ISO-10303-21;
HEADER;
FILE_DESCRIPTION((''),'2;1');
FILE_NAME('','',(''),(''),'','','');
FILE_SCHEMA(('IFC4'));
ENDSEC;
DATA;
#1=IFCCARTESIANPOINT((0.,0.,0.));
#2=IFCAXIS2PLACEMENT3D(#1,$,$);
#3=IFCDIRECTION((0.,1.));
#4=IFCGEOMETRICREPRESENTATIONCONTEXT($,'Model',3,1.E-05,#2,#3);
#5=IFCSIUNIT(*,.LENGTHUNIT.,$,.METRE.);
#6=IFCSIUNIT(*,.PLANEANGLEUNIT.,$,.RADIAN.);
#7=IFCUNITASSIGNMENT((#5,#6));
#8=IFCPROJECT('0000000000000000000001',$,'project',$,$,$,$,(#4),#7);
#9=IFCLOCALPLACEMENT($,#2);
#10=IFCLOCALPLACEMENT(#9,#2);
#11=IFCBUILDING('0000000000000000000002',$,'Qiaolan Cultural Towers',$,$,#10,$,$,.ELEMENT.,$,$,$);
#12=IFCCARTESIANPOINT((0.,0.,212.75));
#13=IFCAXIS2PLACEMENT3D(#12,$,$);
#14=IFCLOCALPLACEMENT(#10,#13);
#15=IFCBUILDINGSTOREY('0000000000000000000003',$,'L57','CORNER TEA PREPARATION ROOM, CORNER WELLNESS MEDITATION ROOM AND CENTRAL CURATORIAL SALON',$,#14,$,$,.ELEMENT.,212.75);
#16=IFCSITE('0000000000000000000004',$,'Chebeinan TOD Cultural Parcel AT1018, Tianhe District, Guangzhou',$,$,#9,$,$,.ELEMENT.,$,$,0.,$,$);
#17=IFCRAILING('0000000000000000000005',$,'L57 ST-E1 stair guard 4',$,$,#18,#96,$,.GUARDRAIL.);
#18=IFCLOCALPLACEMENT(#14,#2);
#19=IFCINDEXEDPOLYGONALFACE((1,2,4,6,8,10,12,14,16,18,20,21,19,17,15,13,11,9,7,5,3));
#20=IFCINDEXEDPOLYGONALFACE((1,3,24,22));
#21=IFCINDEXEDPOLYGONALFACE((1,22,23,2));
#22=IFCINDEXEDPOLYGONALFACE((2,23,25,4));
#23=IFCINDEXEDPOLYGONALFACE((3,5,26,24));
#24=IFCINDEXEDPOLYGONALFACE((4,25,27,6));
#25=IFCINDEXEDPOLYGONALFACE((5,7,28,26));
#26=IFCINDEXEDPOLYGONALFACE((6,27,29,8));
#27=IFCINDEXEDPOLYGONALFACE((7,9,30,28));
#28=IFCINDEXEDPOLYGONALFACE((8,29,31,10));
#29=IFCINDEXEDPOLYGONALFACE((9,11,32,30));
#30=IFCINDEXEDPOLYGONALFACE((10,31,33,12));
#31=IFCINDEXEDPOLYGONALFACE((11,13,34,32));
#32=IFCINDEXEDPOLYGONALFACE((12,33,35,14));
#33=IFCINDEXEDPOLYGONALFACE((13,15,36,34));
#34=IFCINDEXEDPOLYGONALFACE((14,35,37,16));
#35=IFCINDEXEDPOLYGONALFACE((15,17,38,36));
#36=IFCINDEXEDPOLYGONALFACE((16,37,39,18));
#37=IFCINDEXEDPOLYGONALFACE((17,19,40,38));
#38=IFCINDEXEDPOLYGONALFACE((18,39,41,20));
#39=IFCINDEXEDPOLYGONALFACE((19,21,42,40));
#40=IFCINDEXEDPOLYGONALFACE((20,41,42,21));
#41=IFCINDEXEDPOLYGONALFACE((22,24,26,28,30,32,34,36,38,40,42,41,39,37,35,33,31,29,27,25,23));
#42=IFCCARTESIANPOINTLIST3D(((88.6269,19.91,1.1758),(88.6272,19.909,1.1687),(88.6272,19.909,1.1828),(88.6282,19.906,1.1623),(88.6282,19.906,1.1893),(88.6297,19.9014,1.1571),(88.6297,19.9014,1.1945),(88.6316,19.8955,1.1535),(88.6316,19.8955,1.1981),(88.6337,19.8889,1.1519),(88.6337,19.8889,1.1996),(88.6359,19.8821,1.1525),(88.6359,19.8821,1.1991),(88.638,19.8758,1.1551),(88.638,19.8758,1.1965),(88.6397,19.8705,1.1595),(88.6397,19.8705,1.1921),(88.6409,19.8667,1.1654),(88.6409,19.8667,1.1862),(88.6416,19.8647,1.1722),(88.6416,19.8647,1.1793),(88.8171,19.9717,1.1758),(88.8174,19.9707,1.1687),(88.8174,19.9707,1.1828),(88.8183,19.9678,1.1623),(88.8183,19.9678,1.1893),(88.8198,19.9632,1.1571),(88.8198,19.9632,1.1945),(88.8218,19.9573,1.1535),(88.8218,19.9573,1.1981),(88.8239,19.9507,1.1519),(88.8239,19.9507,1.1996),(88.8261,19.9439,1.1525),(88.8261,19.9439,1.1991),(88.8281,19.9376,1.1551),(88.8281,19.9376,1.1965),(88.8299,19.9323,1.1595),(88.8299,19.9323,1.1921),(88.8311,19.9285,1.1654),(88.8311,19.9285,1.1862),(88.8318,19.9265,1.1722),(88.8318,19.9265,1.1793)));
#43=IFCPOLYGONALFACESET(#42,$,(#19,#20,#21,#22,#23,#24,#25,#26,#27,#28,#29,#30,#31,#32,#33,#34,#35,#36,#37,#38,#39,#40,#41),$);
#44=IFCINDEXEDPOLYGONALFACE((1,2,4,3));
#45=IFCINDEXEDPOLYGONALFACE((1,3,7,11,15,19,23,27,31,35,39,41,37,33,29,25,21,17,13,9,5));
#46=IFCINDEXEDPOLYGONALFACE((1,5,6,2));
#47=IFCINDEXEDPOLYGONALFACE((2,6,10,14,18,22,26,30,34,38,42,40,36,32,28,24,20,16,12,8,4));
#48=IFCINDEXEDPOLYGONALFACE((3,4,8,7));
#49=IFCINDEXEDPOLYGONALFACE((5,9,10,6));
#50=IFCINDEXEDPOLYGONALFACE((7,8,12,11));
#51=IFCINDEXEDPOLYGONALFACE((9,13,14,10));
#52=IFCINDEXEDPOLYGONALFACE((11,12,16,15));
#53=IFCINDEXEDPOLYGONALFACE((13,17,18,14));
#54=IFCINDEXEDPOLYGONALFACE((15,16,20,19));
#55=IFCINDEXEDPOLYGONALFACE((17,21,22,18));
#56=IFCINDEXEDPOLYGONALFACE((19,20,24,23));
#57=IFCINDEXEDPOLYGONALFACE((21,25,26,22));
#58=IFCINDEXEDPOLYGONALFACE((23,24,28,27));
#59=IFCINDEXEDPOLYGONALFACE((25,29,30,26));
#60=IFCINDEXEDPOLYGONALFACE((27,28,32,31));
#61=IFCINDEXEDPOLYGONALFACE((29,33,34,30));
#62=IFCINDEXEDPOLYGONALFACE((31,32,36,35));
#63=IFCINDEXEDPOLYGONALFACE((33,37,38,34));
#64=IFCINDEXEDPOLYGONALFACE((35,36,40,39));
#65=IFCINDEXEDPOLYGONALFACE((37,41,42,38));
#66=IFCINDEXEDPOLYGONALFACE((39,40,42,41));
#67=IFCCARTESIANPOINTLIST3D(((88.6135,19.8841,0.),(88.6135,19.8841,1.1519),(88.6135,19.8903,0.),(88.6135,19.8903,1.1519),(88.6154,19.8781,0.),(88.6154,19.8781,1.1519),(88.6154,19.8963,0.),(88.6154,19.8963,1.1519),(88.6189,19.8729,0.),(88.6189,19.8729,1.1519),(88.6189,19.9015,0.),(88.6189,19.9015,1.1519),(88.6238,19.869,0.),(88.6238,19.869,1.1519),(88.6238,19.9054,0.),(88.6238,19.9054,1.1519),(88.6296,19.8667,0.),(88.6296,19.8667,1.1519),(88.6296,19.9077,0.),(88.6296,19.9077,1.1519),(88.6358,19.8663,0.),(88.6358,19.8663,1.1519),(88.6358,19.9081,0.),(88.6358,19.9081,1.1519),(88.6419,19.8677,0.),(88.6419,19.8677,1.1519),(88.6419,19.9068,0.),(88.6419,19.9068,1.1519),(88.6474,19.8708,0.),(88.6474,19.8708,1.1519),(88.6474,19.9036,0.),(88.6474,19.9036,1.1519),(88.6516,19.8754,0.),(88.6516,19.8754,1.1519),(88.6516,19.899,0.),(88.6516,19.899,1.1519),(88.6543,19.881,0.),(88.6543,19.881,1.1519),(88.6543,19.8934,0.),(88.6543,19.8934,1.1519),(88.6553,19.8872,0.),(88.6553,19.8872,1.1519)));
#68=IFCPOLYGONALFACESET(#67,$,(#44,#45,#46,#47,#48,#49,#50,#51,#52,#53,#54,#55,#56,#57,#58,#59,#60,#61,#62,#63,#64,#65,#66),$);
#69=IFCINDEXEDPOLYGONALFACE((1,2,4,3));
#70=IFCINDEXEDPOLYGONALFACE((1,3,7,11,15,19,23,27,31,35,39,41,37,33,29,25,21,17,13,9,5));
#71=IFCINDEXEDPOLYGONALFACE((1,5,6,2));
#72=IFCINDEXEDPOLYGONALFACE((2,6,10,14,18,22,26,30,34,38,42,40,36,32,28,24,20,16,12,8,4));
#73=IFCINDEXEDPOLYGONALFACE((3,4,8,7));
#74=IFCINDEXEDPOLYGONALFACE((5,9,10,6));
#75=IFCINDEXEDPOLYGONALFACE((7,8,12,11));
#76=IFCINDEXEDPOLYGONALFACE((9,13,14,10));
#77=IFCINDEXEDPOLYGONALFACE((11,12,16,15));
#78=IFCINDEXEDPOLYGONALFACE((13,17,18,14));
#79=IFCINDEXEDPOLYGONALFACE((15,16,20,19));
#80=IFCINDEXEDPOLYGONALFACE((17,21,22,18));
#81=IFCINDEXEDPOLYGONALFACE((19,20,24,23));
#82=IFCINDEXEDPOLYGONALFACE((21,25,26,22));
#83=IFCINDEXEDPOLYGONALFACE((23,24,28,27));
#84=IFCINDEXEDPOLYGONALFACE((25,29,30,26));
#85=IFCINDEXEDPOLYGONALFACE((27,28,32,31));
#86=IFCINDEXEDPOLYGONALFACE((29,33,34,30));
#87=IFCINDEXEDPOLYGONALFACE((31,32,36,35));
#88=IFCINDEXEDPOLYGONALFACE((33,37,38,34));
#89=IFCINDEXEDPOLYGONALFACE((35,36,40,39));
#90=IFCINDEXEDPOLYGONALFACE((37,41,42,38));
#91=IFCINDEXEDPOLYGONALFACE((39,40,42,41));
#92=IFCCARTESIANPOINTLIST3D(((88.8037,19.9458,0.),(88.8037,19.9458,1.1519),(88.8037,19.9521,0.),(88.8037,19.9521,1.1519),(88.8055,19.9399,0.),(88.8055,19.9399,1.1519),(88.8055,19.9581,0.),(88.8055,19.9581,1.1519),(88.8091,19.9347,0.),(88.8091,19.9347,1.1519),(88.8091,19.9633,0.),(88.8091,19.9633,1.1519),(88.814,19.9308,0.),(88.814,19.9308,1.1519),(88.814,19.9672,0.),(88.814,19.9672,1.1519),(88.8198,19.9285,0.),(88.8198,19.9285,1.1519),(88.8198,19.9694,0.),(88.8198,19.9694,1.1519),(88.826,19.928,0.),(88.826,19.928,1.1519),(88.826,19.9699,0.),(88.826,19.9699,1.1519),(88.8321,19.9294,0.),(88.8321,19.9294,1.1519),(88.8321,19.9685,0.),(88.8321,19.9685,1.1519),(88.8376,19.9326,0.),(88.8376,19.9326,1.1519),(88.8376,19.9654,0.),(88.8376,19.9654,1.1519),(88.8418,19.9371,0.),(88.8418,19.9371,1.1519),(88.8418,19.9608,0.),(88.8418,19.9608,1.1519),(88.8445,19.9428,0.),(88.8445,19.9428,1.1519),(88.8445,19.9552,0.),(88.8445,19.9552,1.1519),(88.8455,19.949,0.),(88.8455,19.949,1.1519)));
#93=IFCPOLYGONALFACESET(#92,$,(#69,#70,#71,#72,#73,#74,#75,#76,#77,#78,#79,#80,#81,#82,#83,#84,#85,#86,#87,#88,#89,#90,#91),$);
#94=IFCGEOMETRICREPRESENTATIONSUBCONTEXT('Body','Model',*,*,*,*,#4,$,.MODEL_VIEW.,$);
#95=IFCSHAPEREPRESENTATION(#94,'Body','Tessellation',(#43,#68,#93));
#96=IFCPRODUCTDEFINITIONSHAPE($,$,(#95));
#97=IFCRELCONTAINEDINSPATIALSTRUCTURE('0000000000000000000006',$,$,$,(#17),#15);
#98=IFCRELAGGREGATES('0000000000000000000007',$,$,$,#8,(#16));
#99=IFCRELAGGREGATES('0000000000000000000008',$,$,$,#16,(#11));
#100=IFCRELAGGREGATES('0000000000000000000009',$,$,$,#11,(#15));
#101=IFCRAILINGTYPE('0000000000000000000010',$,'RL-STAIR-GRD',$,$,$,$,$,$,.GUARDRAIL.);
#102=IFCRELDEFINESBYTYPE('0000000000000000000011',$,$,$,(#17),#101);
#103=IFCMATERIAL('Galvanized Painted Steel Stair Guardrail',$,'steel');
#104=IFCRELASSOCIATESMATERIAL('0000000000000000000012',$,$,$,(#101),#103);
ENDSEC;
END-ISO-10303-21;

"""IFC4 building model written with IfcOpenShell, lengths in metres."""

from ifc_helpers import new_model, si_unit, direction, frame, origin, origin_2d, place, context, subcontext, project, spatial, circle, extrude, material, type_object, element, save


model = new_model("IFC4")

# Units and contexts
model_context = context("Model", 3, precision=1e-05, world=origin(), true_north=direction((0.0, 1.0)))
body_context = subcontext(model_context, "Body", "Model", "MODEL_VIEW")
ifc_project = project(units=[si_unit("LENGTHUNIT", "METRE"), si_unit("PLANEANGLEUNIT", "RADIAN")], contexts=[model_context])

# Site, building, storey
site_placement = place(None, origin())
site = spatial("IfcSite", under=ifc_project, at=site_placement, Name="Chebeinan TOD Cultural Parcel AT1018, Tianhe District, Guangzhou", CompositionType="ELEMENT", RefElevation=0.0)
building_placement = place(site_placement, origin())
building = spatial("IfcBuilding", under=site, at=building_placement, Name="Qiaolan Cultural Towers", CompositionType="ELEMENT")
storey_placement = place(building_placement, frame((0.0, 0.0, 212.75)))
storey = spatial("IfcBuildingStorey", under=building, at=storey_placement, Name="L57", Description="CORNER TEA PREPARATION ROOM, CORNER WELLNESS MEDITATION ROOM AND CENTRAL CURATORIAL SALON", CompositionType="ELEMENT", Elevation=212.75)

# Railing
ifc_material_1 = material(Name="Galvanized Painted Steel Stair Guardrail", Category="steel")
railing_type_1 = type_object("IfcRailingType", Name="RL-STAIR-GRD", PredefinedType="GUARDRAIL", material=ifc_material_1)
railing_1_placement = place(storey_placement, frame((88.6343, 19.8872, 0.0)))
element("IfcRailing", 1, at=railing_1_placement, inside=storey, type_object=railing_type_1, Name="L57 ST-E1 stair guard 4", PredefinedType="GUARDRAIL", context=body_context, shape_type="SweptSolid", body=[
    extrude(circle(Radius=0.0239, at=origin_2d()), frame((0.0, 0.0, 1.1758), z_axis=(0.951097, 0.308893, 0.0), x_axis=(-0.308893, 0.951097, 0.0)), (0.0, 0.0, 1.0), 0.2),
    extrude(circle(Radius=0.021, at=origin_2d()), origin(), (0.0, 0.0, 1.0), 1.1519),
    extrude(circle(Radius=0.021, at=origin_2d()), frame((0.1902, 0.0618, 0.0)), (0.0, 0.0, 1.0), 1.1519),
])

save(model, "model.ifc")
